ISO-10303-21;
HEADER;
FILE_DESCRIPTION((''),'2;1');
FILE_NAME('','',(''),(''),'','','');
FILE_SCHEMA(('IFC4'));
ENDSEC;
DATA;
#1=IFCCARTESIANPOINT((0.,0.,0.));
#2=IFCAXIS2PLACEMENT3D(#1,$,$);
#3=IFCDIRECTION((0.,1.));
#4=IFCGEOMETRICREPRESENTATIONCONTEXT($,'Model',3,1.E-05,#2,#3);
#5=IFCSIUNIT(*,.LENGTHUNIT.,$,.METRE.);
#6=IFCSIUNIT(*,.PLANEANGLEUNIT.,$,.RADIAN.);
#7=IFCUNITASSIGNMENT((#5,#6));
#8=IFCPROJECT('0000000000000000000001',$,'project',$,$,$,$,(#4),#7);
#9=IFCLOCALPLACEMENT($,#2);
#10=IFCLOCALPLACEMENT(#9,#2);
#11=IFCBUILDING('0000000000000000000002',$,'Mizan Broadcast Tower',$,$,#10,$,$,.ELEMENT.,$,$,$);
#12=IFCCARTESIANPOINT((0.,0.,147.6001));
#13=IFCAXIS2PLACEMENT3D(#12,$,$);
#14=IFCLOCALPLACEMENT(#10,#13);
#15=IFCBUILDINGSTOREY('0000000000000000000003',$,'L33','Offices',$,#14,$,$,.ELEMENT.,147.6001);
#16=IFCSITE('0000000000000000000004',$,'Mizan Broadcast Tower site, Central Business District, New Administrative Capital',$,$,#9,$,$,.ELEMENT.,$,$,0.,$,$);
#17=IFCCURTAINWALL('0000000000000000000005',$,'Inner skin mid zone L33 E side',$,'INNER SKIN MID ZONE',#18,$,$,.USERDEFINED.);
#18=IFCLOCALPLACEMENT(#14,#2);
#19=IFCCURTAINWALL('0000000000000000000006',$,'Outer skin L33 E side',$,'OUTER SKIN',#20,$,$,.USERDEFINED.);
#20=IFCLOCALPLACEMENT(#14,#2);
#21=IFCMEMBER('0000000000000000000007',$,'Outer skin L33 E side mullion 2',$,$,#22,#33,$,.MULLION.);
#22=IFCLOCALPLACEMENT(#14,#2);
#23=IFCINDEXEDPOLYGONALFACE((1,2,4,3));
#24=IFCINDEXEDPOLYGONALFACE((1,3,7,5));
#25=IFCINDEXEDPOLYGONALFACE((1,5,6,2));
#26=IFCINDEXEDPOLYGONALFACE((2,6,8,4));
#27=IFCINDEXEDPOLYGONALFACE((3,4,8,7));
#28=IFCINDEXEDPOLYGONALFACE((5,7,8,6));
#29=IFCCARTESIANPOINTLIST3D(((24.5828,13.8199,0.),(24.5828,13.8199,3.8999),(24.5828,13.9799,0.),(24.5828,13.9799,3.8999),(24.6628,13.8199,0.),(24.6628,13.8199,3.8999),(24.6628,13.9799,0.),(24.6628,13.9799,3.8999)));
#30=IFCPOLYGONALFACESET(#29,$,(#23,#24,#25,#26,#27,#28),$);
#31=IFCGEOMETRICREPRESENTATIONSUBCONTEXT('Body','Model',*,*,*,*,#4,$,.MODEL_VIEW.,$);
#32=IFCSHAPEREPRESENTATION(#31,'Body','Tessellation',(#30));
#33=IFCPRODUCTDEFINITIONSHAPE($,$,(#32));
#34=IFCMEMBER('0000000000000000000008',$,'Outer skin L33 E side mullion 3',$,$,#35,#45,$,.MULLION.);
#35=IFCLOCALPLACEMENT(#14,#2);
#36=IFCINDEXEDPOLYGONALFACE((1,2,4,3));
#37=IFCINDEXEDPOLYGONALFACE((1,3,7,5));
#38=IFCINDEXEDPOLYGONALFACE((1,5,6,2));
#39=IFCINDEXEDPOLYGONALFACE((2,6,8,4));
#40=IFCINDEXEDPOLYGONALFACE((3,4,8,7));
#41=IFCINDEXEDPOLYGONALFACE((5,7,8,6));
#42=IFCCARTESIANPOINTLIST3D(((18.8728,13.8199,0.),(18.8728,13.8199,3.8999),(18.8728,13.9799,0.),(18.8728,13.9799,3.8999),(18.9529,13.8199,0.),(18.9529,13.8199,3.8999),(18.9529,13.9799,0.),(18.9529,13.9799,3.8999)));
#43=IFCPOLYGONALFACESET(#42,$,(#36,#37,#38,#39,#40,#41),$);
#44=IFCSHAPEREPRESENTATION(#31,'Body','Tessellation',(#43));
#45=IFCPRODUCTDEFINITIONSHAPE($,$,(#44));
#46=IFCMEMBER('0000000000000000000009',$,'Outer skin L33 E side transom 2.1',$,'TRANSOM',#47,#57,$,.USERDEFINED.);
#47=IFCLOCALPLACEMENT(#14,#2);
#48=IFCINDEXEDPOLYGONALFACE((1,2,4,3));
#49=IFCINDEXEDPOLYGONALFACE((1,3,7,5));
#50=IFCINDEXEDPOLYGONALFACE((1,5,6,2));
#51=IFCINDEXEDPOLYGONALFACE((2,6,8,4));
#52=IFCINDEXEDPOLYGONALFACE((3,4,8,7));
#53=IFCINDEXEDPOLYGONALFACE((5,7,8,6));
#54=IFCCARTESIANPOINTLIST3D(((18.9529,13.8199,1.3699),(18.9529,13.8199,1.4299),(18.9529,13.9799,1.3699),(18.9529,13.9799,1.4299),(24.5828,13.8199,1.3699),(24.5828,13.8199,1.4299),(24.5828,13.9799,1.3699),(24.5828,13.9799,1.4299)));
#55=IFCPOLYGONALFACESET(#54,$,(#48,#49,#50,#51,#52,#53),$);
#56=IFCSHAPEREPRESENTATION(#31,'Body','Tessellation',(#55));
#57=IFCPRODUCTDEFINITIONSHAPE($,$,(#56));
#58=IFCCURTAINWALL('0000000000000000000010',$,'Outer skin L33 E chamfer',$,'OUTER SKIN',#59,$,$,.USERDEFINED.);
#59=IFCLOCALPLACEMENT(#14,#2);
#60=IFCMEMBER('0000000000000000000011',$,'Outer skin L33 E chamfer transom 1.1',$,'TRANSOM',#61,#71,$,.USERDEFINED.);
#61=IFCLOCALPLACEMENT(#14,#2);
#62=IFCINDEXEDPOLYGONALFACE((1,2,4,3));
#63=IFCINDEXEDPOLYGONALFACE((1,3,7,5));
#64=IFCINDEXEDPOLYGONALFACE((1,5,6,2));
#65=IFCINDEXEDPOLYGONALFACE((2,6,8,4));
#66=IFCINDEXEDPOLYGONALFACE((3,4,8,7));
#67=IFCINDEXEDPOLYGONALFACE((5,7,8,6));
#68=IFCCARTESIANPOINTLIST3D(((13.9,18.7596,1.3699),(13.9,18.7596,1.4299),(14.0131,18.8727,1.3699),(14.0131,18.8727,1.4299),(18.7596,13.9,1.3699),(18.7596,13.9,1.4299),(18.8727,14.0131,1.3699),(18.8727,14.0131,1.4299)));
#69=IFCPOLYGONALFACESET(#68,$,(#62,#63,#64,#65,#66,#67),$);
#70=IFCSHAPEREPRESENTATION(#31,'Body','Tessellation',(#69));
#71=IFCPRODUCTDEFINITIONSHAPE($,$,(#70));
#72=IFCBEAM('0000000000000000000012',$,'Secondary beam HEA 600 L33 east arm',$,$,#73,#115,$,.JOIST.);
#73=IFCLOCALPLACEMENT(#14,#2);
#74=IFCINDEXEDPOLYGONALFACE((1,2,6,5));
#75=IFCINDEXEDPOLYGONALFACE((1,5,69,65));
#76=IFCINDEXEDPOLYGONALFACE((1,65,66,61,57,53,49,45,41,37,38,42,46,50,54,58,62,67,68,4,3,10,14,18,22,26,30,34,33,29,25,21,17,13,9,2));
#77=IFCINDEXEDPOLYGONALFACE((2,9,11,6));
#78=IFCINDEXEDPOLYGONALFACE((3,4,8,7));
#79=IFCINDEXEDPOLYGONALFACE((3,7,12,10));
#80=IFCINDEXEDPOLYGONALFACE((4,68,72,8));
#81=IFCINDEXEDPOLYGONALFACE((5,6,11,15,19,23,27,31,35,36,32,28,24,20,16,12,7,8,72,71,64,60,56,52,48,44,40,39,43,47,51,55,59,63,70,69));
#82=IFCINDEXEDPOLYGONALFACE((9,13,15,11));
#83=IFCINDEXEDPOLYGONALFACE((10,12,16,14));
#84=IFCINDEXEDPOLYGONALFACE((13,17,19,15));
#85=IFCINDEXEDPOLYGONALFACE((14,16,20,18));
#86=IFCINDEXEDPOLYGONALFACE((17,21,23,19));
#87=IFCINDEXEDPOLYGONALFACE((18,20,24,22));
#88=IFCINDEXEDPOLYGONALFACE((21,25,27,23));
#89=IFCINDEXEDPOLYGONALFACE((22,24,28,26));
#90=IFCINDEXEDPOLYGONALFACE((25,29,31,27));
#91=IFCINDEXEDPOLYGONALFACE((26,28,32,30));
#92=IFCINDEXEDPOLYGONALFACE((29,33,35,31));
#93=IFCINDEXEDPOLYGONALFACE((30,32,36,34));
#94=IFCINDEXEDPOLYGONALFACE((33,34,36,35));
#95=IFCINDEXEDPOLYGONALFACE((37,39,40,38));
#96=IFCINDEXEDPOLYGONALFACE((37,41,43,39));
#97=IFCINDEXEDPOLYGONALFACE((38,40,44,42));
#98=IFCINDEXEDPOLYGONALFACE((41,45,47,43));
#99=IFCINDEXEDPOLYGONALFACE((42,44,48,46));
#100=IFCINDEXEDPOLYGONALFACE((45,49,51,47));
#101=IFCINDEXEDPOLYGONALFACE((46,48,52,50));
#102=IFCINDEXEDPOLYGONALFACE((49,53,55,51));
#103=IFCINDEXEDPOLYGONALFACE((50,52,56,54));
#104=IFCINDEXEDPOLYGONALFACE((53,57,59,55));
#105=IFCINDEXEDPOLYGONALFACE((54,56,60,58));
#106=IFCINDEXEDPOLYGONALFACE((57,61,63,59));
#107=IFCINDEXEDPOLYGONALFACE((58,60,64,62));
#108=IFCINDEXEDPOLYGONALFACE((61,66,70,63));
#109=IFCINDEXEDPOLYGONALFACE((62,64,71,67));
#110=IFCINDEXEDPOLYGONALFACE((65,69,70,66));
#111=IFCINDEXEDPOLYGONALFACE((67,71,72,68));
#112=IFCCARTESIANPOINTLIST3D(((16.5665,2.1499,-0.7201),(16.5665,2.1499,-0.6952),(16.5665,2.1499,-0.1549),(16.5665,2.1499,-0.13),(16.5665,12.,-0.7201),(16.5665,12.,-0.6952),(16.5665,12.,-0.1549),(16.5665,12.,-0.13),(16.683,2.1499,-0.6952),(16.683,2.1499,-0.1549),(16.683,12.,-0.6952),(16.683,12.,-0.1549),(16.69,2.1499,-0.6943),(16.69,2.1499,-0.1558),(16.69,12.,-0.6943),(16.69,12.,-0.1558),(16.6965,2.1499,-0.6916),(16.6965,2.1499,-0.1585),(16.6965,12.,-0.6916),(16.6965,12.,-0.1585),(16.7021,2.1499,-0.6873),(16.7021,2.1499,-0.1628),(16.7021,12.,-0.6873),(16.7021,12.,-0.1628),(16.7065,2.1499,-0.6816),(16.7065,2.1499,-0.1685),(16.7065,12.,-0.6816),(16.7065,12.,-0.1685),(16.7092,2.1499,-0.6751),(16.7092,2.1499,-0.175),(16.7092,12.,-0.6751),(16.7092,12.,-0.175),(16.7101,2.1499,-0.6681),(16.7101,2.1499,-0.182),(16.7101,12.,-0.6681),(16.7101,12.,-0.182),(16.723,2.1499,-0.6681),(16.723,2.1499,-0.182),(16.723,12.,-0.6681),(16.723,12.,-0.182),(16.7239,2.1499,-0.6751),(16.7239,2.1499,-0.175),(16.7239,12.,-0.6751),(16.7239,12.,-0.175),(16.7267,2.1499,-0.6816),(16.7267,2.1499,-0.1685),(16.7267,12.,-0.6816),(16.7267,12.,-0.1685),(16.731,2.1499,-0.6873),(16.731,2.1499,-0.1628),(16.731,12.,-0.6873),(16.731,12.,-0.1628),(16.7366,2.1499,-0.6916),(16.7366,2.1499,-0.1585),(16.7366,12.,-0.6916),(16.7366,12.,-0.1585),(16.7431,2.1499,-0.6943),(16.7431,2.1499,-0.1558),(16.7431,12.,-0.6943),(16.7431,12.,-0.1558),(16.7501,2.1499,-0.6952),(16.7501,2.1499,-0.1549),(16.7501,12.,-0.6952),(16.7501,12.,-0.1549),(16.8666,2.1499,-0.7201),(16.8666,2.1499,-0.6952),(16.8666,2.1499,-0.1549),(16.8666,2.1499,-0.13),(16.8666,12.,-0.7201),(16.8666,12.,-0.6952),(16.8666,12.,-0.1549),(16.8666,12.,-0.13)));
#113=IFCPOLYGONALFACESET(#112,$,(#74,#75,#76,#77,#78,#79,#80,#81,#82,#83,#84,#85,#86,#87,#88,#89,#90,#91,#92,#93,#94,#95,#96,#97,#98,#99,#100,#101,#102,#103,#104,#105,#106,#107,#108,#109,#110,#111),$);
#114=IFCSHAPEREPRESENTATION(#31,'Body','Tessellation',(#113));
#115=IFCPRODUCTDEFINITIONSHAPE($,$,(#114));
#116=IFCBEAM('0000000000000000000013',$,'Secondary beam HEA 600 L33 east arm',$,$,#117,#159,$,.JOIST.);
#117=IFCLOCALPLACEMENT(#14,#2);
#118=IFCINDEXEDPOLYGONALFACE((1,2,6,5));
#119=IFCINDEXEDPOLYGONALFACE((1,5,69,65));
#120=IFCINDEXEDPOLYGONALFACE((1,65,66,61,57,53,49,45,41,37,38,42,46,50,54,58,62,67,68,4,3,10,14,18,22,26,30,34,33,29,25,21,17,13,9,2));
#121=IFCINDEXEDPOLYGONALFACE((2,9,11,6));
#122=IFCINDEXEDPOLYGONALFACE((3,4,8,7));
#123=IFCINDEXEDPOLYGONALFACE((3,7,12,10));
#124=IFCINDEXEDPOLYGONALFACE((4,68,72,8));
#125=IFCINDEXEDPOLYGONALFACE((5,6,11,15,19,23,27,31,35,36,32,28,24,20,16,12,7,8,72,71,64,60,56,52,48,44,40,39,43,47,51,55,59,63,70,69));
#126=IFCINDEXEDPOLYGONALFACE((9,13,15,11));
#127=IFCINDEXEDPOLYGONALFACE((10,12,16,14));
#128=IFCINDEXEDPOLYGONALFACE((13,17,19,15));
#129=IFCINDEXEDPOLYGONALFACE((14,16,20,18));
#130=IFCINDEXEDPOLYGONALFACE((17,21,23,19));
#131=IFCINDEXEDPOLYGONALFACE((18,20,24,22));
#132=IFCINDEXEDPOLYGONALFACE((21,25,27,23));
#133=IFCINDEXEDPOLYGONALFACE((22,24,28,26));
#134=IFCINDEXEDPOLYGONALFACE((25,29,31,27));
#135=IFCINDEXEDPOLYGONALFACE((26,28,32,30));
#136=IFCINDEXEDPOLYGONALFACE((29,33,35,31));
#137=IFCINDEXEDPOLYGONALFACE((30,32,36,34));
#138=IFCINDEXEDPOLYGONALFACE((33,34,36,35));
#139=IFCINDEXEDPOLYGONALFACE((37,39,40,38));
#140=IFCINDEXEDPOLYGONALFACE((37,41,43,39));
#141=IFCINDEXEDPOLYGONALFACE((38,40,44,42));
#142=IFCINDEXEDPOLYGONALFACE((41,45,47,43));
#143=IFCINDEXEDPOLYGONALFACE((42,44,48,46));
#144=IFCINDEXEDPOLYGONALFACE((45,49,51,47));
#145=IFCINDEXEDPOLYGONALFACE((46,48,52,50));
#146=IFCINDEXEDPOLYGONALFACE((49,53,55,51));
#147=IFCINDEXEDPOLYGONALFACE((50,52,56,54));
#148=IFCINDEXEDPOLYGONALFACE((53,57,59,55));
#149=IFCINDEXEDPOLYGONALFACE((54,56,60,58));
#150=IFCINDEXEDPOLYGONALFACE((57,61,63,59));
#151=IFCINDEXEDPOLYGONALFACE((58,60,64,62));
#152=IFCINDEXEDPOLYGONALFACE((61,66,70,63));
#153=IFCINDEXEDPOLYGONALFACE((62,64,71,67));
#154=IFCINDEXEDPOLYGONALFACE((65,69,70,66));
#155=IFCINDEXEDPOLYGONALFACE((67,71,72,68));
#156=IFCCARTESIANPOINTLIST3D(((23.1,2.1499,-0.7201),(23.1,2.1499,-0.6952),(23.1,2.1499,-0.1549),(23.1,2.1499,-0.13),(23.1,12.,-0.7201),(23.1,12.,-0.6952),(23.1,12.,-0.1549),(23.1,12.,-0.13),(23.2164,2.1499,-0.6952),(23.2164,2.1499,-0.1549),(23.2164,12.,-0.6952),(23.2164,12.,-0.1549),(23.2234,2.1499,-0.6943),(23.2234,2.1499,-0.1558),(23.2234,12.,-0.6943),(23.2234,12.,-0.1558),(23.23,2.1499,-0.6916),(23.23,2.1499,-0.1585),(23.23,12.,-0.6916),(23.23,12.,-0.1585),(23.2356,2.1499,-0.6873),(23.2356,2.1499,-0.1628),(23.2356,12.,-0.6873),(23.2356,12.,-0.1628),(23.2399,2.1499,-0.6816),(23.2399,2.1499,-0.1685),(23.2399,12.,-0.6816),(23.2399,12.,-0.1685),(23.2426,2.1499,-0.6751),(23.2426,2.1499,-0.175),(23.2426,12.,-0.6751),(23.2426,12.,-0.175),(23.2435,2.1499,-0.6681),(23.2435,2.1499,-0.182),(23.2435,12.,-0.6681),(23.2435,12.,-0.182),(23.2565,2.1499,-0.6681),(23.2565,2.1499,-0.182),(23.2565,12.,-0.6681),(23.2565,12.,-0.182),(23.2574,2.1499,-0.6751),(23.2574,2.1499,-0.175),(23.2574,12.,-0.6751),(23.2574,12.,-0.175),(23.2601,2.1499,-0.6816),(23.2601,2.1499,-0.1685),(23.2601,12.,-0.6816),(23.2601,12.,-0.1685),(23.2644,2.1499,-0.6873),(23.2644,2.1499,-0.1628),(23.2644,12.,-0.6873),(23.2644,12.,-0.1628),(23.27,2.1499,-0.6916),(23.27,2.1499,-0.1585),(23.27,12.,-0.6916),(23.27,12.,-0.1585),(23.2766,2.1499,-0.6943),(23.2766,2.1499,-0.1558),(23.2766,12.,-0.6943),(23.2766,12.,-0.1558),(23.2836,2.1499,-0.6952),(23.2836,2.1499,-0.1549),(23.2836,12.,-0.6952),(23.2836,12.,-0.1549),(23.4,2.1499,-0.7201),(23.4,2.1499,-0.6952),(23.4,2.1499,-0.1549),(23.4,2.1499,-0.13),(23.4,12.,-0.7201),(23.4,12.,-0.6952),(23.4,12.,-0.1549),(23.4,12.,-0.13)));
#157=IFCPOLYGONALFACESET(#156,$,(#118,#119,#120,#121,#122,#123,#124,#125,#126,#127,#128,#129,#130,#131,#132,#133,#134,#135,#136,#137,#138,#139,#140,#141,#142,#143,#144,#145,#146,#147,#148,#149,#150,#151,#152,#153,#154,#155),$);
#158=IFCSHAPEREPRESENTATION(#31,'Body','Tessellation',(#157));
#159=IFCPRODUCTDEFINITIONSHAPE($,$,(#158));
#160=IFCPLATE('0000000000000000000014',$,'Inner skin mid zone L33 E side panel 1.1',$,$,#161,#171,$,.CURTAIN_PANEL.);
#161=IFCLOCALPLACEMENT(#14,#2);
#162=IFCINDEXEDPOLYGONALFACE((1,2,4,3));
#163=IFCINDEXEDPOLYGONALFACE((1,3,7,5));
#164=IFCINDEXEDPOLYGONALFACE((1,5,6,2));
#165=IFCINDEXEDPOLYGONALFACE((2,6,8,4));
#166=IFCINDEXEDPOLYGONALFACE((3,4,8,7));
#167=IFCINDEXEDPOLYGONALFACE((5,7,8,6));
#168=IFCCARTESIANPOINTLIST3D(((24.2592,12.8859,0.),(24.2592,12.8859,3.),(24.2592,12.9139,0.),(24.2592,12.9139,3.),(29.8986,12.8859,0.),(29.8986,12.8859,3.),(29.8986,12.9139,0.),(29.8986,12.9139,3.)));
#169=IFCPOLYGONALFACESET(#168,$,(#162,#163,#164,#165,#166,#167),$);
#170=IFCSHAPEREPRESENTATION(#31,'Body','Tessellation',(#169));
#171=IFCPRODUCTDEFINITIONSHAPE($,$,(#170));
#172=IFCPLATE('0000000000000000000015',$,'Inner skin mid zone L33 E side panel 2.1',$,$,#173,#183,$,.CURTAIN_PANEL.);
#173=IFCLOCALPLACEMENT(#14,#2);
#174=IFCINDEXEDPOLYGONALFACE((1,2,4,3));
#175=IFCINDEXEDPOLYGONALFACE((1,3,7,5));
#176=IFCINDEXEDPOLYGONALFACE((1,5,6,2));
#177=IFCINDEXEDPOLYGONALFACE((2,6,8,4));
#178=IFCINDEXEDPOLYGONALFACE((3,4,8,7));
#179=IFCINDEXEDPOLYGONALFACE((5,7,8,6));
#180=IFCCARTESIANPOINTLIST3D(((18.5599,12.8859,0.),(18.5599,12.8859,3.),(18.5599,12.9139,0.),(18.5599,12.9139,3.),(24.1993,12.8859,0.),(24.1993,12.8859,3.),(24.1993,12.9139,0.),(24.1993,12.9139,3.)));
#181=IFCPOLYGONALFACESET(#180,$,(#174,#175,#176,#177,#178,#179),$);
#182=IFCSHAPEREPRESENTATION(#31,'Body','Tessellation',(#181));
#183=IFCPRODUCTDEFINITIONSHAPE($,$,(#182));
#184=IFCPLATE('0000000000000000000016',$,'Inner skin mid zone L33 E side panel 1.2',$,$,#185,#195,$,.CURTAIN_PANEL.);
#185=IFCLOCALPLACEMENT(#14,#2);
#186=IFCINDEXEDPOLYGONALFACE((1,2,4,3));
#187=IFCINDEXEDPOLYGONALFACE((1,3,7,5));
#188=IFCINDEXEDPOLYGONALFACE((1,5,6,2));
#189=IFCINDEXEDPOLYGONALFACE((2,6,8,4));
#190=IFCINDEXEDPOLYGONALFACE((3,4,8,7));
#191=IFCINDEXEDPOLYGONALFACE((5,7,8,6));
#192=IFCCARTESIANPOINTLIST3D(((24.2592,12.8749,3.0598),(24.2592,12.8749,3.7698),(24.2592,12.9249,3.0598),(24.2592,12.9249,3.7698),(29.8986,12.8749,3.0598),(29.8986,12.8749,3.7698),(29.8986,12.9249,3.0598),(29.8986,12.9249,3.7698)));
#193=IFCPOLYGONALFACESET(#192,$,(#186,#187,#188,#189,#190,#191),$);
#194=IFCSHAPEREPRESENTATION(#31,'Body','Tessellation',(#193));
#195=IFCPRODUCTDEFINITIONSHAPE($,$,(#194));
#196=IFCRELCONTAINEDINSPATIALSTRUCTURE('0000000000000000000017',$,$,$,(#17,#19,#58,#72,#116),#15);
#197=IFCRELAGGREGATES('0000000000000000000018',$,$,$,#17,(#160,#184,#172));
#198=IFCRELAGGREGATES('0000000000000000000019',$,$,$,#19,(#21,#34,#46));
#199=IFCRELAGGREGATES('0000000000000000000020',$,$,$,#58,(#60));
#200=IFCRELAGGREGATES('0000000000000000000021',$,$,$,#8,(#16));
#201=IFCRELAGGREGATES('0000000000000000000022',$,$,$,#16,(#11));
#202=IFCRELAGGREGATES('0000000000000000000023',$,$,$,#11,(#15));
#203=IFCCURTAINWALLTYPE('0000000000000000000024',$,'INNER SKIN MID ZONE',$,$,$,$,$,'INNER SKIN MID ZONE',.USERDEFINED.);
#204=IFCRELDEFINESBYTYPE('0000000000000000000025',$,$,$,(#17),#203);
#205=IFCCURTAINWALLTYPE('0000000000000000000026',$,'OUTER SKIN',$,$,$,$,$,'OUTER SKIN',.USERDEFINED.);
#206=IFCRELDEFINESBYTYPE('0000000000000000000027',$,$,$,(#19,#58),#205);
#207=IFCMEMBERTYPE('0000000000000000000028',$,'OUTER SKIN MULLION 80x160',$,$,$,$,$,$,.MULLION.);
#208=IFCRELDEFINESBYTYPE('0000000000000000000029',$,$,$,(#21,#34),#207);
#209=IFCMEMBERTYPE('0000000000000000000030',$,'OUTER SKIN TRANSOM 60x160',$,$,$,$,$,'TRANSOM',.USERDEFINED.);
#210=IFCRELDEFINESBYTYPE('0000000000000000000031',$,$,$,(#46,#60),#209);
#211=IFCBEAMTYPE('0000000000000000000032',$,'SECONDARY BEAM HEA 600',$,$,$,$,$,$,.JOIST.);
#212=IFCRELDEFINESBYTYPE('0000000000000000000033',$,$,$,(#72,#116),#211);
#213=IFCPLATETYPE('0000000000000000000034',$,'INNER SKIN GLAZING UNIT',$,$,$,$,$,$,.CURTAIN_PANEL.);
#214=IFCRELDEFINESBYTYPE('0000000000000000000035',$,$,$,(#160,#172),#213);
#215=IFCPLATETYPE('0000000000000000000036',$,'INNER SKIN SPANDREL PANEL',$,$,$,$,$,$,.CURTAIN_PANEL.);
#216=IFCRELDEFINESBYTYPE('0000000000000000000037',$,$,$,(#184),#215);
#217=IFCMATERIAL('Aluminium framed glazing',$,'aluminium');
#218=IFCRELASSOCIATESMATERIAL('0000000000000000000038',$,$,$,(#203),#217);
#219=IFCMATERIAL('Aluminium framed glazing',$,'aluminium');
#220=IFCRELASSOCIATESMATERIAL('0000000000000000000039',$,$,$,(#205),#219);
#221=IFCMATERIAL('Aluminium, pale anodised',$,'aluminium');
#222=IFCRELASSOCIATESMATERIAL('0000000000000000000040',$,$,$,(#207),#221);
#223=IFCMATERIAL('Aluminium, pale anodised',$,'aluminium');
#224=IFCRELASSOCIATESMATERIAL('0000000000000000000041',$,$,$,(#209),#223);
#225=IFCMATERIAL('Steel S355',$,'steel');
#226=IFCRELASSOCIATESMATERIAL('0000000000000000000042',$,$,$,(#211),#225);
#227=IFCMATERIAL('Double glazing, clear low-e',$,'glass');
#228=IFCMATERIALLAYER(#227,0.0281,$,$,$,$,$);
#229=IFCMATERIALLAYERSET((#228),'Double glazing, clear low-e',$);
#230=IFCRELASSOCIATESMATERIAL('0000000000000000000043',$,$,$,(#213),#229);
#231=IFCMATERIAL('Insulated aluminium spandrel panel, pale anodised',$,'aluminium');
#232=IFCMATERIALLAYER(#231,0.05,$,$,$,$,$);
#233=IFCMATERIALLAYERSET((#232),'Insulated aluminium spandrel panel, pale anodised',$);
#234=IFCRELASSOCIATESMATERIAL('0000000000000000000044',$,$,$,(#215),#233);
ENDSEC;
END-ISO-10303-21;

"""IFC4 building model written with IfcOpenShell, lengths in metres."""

from ifc_helpers import new_model, si_unit, direction, frame, origin, origin_2d, place, context, subcontext, project, spatial, rectangle, i_section, extrude, material, layer, layer_set, material_profile, profile_set, type_object, element, aggregate, save


model = new_model("IFC4")

# Units and contexts
model_context = context("Model", 3, precision=1e-05, world=origin(), true_north=direction((0.0, 1.0)))
body_context = subcontext(model_context, "Body", "Model", "MODEL_VIEW")
ifc_project = project(units=[si_unit("LENGTHUNIT", "METRE"), si_unit("PLANEANGLEUNIT", "RADIAN")], contexts=[model_context])

# Site, building, storey
site_placement = place(None, origin())
site = spatial("IfcSite", under=ifc_project, at=site_placement, Name="Mizan Broadcast Tower site, Central Business District, New Administrative Capital", CompositionType="ELEMENT", RefElevation=0.0)
building_placement = place(site_placement, origin())
building = spatial("IfcBuilding", under=site, at=building_placement, Name="Mizan Broadcast Tower", CompositionType="ELEMENT")
storey_placement = place(building_placement, frame((0.0, 0.0, 147.6001)))
storey = spatial("IfcBuildingStorey", under=building, at=storey_placement, Name="L33", Description="Offices", CompositionType="ELEMENT", Elevation=147.6001)

# Curtain walls, members
ifc_material_1 = material(Name="Aluminium framed glazing", Category="aluminium")
curtain_wall_type_1 = type_object("IfcCurtainWallType", Name="INNER SKIN MID ZONE", ElementType="INNER SKIN MID ZONE", PredefinedType="USERDEFINED", material=ifc_material_1)
curtain_wall_1_placement = place(storey_placement, origin())
curtain_wall_1 = element("IfcCurtainWall", 1, at=curtain_wall_1_placement, inside=storey, type_object=curtain_wall_type_1, Name="Inner skin mid zone L33 E side", ObjectType="INNER SKIN MID ZONE", PredefinedType="USERDEFINED")
ifc_material_2 = material(Name="Aluminium framed glazing", Category="aluminium")
curtain_wall_type_2 = type_object("IfcCurtainWallType", Name="OUTER SKIN", ElementType="OUTER SKIN", PredefinedType="USERDEFINED", material=ifc_material_2)
curtain_wall_2_placement = place(storey_placement, origin())
curtain_wall_2 = element("IfcCurtainWall", 2, at=curtain_wall_2_placement, inside=storey, type_object=curtain_wall_type_2, Name="Outer skin L33 E side", ObjectType="OUTER SKIN", PredefinedType="USERDEFINED")
ifc_material_3 = material(Name="Aluminium, pale anodised", Category="aluminium")
ifc_material_profile_1 = material_profile(ifc_material_3, rectangle(XDim=0.1599, YDim=0.0801, at=origin_2d()), Name="MULLION 160x80")
ifc_profile_set_1 = profile_set([ifc_material_profile_1], Name="Aluminium, pale anodised")
member_type_1 = type_object("IfcMemberType", Name="OUTER SKIN MULLION 80x160", PredefinedType="MULLION", material=ifc_profile_set_1)
member_1_placement = place(storey_placement, frame((24.6228, 13.8999, 0.0), z_axis=(0.0, 0.0, 1.0), x_axis=(0.0, -1.0, 0.0)))
member_1 = element("IfcMember", 3, at=member_1_placement, type_object=member_type_1, Name="Outer skin L33 E side mullion 2", PredefinedType="MULLION", context=body_context, shape_type="SweptSolid", body=[
    extrude(rectangle(XDim=0.1599, YDim=0.0801, at=origin_2d()), origin(), (0.0, 0.0, 1.0), 3.8999),
])
member_2_placement = place(storey_placement, frame((18.9128, 13.8999, 0.0), z_axis=(0.0, 0.0, 1.0), x_axis=(0.0, -1.0, 0.0)))
member_2 = element("IfcMember", 4, at=member_2_placement, type_object=member_type_1, Name="Outer skin L33 E side mullion 3", PredefinedType="MULLION", context=body_context, shape_type="SweptSolid", body=[
    extrude(rectangle(XDim=0.1599, YDim=0.0801, at=origin_2d()), origin(), (0.0, 0.0, 1.0), 3.8999),
])
ifc_material_4 = material(Name="Aluminium, pale anodised", Category="aluminium")
ifc_material_profile_2 = material_profile(ifc_material_4, rectangle(XDim=0.1599, YDim=0.0601, at=origin_2d()), Name="TRANSOM 160x60")
ifc_profile_set_2 = profile_set([ifc_material_profile_2], Name="Aluminium, pale anodised")
member_type_2 = type_object("IfcMemberType", Name="OUTER SKIN TRANSOM 60x160", ElementType="TRANSOM", PredefinedType="USERDEFINED", material=ifc_profile_set_2)
member_3_placement = place(storey_placement, frame((24.5828, 13.8999, 1.3999), z_axis=(-1.0, 0.0, 0.0), x_axis=(0.0, -1.0, 0.0)))
member_3 = element("IfcMember", 5, at=member_3_placement, type_object=member_type_2, Name="Outer skin L33 E side transom 2.1", ObjectType="TRANSOM", PredefinedType="USERDEFINED", context=body_context, shape_type="SweptSolid", body=[
    extrude(rectangle(XDim=0.1599, YDim=0.0601, at=origin_2d()), origin(), (0.0, 0.0, 1.0), 5.6299),
])

# Curtain wall, member
curtain_wall_3_placement = place(storey_placement, origin())
curtain_wall_3 = element("IfcCurtainWall", 6, at=curtain_wall_3_placement, inside=storey, type_object=curtain_wall_type_2, Name="Outer skin L33 E chamfer", ObjectType="OUTER SKIN", PredefinedType="USERDEFINED")
member_4_placement = place(storey_placement, frame((18.8162, 13.9565, 1.3999), z_axis=(-0.707107, 0.707107, 0.0), x_axis=(-0.707107, -0.707107, 0.0)))
member_4 = element("IfcMember", 7, at=member_4_placement, type_object=member_type_2, Name="Outer skin L33 E chamfer transom 1.1", ObjectType="TRANSOM", PredefinedType="USERDEFINED", context=body_context, shape_type="SweptSolid", body=[
    extrude(rectangle(XDim=0.1599, YDim=0.0601, at=origin_2d()), origin(), (0.0, 0.0, 1.0), 6.8726),
])

# Beams
ifc_material_5 = material(Name="Steel S355", Category="steel")
ifc_material_profile_3 = material_profile(ifc_material_5, i_section(OverallWidth=0.3, OverallDepth=0.5901, WebThickness=0.0129, FlangeThickness=0.0249, FilletRadius=0.0271, at=origin_2d()), Name="HEA 600")
ifc_profile_set_3 = profile_set([ifc_material_profile_3], Name="Steel S355")
beam_type_1 = type_object("IfcBeamType", Name="SECONDARY BEAM HEA 600", PredefinedType="JOIST", material=ifc_profile_set_3)
for number, where, z_axis, x_axis, name in (
    (8, (16.7166, 12.0, -0.425), (0.0, -1.0, 0.0), (1.0, 0.0, 0.0), "Secondary beam HEA 600 L33 east arm"),
    (9, (23.25, 12.0, -0.425), (0.0, -1.0, 0.0), (1.0, 0.0, 0.0), "Secondary beam HEA 600 L33 east arm"),
):
    element("IfcBeam", number, at=place(storey_placement, frame(where, z_axis=z_axis, x_axis=x_axis)), inside=storey, type_object=beam_type_1, Name=name, PredefinedType="JOIST", context=body_context, shape_type="SweptSolid", body=[
        extrude(i_section(OverallWidth=0.3, OverallDepth=0.5901, WebThickness=0.0129, FlangeThickness=0.0249, FilletRadius=0.0271, at=origin_2d()), origin(), (0.0, 0.0, 1.0), 9.8501),
    ])

# Plates
ifc_material_6 = material(Name="Double glazing, clear low-e", Category="glass")
ifc_layer_1 = layer(ifc_material_6, 0.0281)
ifc_layer_set_1 = layer_set([ifc_layer_1], Name="Double glazing, clear low-e")
plate_type_1 = type_object("IfcPlateType", Name="INNER SKIN GLAZING UNIT", PredefinedType="CURTAIN_PANEL", material=ifc_layer_set_1)
plate_1_placement = place(storey_placement, frame((27.0789, 12.8999, 0.0), z_axis=(0.0, 0.0, 1.0), x_axis=(-1.0, 0.0, 0.0)))
plate_1 = element("IfcPlate", 10, at=plate_1_placement, type_object=plate_type_1, Name="Inner skin mid zone L33 E side panel 1.1", PredefinedType="CURTAIN_PANEL", context=body_context, shape_type="SweptSolid", body=[
    extrude(rectangle(XDim=5.6394, YDim=0.0281, at=origin_2d()), origin(), (0.0, 0.0, 1.0), 3.0),
])
plate_2_placement = place(storey_placement, frame((21.3796, 12.8999, 0.0), z_axis=(0.0, 0.0, 1.0), x_axis=(-1.0, 0.0, 0.0)))
plate_2 = element("IfcPlate", 11, at=plate_2_placement, type_object=plate_type_1, Name="Inner skin mid zone L33 E side panel 2.1", PredefinedType="CURTAIN_PANEL", context=body_context, shape_type="SweptSolid", body=[
    extrude(rectangle(XDim=5.6394, YDim=0.0281, at=origin_2d()), origin(), (0.0, 0.0, 1.0), 3.0),
])
ifc_material_7 = material(Name="Insulated aluminium spandrel panel, pale anodised", Category="aluminium")
ifc_layer_2 = layer(ifc_material_7, 0.05)
ifc_layer_set_2 = layer_set([ifc_layer_2], Name="Insulated aluminium spandrel panel, pale anodised")
plate_type_2 = type_object("IfcPlateType", Name="INNER SKIN SPANDREL PANEL", PredefinedType="CURTAIN_PANEL", material=ifc_layer_set_2)
plate_3_placement = place(storey_placement, frame((27.0789, 12.8999, 3.0598), z_axis=(0.0, 0.0, 1.0), x_axis=(-1.0, 0.0, 0.0)))
plate_3 = element("IfcPlate", 12, at=plate_3_placement, type_object=plate_type_2, Name="Inner skin mid zone L33 E side panel 1.2", PredefinedType="CURTAIN_PANEL", context=body_context, shape_type="SweptSolid", body=[
    extrude(rectangle(XDim=5.6394, YDim=0.05, at=origin_2d()), origin(), (0.0, 0.0, 1.0), 0.71),
])
aggregate(curtain_wall_1, [plate_1, plate_3, plate_2])
aggregate(curtain_wall_2, [member_1, member_2, member_3])
aggregate(curtain_wall_3, [member_4])

save(model, "model.ifc")
